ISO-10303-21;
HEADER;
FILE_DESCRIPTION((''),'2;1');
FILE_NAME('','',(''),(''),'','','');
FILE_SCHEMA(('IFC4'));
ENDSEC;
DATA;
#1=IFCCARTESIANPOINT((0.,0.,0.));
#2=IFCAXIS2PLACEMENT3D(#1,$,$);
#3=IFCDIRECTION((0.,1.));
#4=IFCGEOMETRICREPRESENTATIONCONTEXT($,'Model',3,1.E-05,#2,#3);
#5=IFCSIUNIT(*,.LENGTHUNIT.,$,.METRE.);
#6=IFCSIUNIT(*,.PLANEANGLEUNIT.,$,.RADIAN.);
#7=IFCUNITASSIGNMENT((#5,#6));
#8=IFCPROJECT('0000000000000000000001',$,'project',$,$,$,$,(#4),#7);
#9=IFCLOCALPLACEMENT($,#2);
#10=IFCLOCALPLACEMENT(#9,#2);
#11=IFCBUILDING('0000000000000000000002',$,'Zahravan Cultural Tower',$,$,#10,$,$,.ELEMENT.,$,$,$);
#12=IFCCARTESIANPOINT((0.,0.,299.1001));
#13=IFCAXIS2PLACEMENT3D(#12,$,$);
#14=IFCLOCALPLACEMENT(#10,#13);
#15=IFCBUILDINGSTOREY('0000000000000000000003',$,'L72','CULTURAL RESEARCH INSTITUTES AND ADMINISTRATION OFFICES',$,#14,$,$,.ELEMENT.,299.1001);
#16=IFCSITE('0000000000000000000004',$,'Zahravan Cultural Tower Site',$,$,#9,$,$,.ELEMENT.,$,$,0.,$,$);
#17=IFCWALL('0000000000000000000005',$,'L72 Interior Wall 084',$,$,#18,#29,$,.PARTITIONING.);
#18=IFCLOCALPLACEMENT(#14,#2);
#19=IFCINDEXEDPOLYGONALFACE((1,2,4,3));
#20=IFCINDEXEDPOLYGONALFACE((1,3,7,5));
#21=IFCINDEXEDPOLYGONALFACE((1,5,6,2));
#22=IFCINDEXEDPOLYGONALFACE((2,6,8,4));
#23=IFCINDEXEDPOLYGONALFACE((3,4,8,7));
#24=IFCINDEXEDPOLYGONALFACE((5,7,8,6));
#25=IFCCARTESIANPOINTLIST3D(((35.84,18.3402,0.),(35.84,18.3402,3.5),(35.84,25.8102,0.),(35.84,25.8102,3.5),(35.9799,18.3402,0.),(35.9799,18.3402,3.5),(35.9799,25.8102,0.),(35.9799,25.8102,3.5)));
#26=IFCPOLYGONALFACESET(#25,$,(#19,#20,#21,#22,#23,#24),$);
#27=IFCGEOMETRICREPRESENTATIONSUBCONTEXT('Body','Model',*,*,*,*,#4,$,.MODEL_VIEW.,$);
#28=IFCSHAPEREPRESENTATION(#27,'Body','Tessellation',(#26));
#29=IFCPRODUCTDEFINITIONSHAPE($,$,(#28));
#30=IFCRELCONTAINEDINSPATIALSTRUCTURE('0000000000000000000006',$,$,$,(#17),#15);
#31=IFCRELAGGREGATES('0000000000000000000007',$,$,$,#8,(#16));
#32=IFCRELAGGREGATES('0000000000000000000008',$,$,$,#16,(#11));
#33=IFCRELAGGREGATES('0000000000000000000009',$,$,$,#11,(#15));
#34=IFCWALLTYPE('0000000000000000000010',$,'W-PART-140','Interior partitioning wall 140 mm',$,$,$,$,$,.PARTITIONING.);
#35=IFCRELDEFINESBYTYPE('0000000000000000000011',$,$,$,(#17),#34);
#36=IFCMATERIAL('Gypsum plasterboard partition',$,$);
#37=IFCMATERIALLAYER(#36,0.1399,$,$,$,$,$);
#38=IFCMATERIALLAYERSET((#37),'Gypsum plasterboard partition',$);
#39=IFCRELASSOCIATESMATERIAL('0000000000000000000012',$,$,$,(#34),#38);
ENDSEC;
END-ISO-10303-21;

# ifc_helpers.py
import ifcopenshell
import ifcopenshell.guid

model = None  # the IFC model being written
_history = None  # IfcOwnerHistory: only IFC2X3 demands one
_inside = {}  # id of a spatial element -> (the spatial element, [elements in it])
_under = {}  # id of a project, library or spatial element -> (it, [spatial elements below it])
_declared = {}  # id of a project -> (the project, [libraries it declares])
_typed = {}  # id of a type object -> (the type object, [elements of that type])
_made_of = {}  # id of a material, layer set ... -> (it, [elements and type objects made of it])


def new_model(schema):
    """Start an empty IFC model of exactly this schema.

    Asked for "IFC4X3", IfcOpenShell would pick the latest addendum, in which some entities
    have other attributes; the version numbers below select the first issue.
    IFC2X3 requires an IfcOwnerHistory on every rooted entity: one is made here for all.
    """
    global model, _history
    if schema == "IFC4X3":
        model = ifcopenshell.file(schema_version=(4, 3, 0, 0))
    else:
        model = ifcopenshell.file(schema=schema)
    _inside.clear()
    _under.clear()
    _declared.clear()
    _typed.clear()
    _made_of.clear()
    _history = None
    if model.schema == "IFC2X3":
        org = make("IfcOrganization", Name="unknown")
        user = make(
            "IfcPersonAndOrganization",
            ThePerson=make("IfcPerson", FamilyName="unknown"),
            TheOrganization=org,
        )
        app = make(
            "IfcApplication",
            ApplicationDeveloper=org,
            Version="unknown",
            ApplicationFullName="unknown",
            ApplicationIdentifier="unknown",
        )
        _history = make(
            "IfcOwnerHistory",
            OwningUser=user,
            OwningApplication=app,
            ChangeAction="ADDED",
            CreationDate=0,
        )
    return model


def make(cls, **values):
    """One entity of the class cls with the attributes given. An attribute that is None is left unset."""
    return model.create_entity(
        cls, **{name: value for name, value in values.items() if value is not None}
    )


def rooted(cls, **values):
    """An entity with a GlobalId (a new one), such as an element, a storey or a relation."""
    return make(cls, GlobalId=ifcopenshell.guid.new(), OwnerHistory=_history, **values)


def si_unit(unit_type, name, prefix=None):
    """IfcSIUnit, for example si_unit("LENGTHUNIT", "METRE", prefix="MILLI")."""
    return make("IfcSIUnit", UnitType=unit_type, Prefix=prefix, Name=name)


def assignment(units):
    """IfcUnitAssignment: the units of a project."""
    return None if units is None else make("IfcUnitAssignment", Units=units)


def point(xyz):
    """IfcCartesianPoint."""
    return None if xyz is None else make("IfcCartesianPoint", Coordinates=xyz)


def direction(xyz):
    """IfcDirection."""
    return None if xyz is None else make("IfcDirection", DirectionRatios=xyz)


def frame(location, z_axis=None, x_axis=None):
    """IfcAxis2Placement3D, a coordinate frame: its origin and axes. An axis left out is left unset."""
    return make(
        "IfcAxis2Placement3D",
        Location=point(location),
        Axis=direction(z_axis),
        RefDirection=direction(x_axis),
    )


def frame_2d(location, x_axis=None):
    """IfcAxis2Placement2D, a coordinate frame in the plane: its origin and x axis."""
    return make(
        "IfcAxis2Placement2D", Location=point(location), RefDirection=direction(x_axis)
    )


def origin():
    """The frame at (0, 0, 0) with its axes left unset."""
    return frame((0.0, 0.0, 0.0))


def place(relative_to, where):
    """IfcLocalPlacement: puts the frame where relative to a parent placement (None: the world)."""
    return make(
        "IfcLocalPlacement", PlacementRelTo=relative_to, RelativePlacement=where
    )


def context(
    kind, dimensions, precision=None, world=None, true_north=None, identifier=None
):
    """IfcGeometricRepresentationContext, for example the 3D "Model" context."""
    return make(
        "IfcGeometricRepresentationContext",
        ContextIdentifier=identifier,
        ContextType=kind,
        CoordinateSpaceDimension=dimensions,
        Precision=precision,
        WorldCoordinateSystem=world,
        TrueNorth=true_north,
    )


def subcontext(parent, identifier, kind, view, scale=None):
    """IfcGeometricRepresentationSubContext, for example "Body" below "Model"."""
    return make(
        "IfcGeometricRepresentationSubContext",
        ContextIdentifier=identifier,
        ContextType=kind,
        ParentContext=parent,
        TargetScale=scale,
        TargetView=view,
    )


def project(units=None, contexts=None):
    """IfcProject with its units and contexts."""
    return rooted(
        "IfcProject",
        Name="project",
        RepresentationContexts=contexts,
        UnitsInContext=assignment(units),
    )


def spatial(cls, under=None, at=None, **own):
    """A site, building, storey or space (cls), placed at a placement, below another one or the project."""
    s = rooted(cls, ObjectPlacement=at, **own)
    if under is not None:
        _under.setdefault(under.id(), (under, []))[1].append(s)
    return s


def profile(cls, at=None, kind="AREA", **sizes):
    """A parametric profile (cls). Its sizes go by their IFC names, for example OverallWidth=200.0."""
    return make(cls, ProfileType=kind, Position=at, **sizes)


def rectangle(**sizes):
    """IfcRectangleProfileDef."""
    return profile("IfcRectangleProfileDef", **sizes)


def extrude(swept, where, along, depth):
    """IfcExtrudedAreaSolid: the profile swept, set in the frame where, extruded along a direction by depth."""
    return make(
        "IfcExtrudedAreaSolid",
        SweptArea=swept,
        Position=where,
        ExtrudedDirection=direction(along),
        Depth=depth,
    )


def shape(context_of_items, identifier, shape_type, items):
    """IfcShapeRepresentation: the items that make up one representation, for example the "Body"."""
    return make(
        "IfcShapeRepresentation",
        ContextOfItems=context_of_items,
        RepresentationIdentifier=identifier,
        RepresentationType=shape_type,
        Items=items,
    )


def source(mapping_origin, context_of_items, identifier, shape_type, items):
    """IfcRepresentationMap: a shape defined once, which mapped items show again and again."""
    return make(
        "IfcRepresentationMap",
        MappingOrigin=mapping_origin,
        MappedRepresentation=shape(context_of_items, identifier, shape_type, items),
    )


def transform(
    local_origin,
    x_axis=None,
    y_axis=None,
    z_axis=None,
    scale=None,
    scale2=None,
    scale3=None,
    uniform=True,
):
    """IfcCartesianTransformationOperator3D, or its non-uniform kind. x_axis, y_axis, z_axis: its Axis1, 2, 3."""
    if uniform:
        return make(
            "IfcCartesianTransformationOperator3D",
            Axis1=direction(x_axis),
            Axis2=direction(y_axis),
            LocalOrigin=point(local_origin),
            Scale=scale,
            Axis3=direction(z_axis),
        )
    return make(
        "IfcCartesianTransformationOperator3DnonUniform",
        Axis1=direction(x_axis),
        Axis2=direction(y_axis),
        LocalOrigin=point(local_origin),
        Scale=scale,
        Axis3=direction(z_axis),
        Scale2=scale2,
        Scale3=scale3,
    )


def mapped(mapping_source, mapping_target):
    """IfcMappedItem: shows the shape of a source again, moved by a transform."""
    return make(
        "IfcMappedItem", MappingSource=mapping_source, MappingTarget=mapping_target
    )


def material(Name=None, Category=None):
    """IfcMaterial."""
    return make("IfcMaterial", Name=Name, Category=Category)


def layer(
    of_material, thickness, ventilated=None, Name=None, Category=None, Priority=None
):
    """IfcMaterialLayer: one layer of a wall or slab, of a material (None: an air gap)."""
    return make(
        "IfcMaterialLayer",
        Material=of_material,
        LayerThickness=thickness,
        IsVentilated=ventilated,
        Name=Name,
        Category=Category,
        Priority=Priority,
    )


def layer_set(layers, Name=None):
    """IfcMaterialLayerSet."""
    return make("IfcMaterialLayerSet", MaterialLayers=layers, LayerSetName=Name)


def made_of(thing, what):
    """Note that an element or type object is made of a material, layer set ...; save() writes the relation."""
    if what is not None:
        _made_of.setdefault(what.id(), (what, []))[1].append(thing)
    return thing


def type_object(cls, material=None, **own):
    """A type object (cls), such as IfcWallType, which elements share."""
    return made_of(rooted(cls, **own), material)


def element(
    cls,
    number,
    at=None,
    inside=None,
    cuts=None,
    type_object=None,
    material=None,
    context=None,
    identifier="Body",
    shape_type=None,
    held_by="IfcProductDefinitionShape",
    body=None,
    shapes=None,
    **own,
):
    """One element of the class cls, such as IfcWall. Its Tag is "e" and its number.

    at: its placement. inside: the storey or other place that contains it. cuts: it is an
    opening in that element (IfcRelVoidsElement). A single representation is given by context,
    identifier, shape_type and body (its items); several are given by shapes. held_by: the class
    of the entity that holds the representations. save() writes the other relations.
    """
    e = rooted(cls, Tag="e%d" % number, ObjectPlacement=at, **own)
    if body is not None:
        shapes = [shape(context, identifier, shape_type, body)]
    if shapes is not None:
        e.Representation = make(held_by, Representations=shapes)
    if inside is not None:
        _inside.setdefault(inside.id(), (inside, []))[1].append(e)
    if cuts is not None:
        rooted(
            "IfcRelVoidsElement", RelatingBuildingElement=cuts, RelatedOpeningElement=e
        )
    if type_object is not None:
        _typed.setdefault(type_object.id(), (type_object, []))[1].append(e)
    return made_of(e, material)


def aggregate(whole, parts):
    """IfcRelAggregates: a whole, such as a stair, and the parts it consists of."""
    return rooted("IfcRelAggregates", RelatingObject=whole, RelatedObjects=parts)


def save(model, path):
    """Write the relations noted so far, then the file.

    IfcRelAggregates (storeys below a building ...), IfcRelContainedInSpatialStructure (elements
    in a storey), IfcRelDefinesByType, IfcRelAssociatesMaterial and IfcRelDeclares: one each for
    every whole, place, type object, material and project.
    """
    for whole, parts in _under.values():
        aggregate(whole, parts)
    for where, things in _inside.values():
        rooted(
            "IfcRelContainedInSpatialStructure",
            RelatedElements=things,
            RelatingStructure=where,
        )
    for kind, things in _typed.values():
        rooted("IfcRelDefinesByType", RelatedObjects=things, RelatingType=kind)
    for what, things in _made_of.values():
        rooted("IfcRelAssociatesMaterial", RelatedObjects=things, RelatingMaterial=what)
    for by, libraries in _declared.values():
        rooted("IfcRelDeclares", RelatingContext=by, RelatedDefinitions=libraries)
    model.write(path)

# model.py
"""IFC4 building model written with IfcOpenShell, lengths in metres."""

from ifc_helpers import new_model, si_unit, direction, frame, frame_2d, origin, place, context, subcontext, project, spatial, rectangle, extrude, source, transform, mapped, material, layer, layer_set, type_object, element, save


model = new_model("IFC4")

# Units and contexts
model_context = context("Model", 3, precision=1e-05, world=origin(), true_north=direction((0.0, 1.0)))
body_context = subcontext(model_context, "Body", "Model", "MODEL_VIEW")
ifc_project = project(units=[si_unit("LENGTHUNIT", "METRE"), si_unit("PLANEANGLEUNIT", "RADIAN")], contexts=[model_context])

# Site, building, storey
site_placement = place(None, origin())
site = spatial("IfcSite", under=ifc_project, at=site_placement, Name="Zahravan Cultural Tower Site", CompositionType="ELEMENT", RefElevation=0.0)
building_placement = place(site_placement, origin())
building = spatial("IfcBuilding", under=site, at=building_placement, Name="Zahravan Cultural Tower", CompositionType="ELEMENT")
storey_placement = place(building_placement, frame((0.0, 0.0, 299.1001)))
storey = spatial("IfcBuildingStorey", under=building, at=storey_placement, Name="L72", Description="CULTURAL RESEARCH INSTITUTES AND ADMINISTRATION OFFICES", CompositionType="ELEMENT", Elevation=299.1001)

# Shared definitions
ifc_material_1 = material(Name="Gypsum plasterboard partition")
ifc_layer_1 = layer(ifc_material_1, 0.1399)
ifc_layer_set_1 = layer_set([ifc_layer_1], Name="Gypsum plasterboard partition")
wall_type_1 = type_object("IfcWallType", Name="W-PART-140", Description="Interior partitioning wall 140 mm", PredefinedType="PARTITIONING", material=ifc_layer_set_1)

# Wall
shared_shape_1 = source(origin(), body_context, "Body", "SweptSolid", [
    extrude(rectangle(XDim=7.47, YDim=0.1399, at=frame_2d((3.7349, 0.0))), origin(), (0.0, 0.0, 1.0), 3.5),
])
wall_1_placement = place(storey_placement, frame((35.9099, 25.8101, 0.0), z_axis=(0.0, 0.0, 1.0), x_axis=(0.0, -1.0, 0.0)))
element("IfcWall", 1, at=wall_1_placement, inside=storey, type_object=wall_type_1, Name="L72 Interior Wall 084", PredefinedType="PARTITIONING", context=body_context, shape_type="MappedRepresentation", body=[
    mapped(shared_shape_1, transform((0.0, 0.0, 0.0), x_axis=(1.0, 0.0, 0.0), y_axis=(0.0, 1.0, 0.0), z_axis=(0.0, 0.0, 1.0), scale=1.0)),
])

save(model, "model.ifc")
